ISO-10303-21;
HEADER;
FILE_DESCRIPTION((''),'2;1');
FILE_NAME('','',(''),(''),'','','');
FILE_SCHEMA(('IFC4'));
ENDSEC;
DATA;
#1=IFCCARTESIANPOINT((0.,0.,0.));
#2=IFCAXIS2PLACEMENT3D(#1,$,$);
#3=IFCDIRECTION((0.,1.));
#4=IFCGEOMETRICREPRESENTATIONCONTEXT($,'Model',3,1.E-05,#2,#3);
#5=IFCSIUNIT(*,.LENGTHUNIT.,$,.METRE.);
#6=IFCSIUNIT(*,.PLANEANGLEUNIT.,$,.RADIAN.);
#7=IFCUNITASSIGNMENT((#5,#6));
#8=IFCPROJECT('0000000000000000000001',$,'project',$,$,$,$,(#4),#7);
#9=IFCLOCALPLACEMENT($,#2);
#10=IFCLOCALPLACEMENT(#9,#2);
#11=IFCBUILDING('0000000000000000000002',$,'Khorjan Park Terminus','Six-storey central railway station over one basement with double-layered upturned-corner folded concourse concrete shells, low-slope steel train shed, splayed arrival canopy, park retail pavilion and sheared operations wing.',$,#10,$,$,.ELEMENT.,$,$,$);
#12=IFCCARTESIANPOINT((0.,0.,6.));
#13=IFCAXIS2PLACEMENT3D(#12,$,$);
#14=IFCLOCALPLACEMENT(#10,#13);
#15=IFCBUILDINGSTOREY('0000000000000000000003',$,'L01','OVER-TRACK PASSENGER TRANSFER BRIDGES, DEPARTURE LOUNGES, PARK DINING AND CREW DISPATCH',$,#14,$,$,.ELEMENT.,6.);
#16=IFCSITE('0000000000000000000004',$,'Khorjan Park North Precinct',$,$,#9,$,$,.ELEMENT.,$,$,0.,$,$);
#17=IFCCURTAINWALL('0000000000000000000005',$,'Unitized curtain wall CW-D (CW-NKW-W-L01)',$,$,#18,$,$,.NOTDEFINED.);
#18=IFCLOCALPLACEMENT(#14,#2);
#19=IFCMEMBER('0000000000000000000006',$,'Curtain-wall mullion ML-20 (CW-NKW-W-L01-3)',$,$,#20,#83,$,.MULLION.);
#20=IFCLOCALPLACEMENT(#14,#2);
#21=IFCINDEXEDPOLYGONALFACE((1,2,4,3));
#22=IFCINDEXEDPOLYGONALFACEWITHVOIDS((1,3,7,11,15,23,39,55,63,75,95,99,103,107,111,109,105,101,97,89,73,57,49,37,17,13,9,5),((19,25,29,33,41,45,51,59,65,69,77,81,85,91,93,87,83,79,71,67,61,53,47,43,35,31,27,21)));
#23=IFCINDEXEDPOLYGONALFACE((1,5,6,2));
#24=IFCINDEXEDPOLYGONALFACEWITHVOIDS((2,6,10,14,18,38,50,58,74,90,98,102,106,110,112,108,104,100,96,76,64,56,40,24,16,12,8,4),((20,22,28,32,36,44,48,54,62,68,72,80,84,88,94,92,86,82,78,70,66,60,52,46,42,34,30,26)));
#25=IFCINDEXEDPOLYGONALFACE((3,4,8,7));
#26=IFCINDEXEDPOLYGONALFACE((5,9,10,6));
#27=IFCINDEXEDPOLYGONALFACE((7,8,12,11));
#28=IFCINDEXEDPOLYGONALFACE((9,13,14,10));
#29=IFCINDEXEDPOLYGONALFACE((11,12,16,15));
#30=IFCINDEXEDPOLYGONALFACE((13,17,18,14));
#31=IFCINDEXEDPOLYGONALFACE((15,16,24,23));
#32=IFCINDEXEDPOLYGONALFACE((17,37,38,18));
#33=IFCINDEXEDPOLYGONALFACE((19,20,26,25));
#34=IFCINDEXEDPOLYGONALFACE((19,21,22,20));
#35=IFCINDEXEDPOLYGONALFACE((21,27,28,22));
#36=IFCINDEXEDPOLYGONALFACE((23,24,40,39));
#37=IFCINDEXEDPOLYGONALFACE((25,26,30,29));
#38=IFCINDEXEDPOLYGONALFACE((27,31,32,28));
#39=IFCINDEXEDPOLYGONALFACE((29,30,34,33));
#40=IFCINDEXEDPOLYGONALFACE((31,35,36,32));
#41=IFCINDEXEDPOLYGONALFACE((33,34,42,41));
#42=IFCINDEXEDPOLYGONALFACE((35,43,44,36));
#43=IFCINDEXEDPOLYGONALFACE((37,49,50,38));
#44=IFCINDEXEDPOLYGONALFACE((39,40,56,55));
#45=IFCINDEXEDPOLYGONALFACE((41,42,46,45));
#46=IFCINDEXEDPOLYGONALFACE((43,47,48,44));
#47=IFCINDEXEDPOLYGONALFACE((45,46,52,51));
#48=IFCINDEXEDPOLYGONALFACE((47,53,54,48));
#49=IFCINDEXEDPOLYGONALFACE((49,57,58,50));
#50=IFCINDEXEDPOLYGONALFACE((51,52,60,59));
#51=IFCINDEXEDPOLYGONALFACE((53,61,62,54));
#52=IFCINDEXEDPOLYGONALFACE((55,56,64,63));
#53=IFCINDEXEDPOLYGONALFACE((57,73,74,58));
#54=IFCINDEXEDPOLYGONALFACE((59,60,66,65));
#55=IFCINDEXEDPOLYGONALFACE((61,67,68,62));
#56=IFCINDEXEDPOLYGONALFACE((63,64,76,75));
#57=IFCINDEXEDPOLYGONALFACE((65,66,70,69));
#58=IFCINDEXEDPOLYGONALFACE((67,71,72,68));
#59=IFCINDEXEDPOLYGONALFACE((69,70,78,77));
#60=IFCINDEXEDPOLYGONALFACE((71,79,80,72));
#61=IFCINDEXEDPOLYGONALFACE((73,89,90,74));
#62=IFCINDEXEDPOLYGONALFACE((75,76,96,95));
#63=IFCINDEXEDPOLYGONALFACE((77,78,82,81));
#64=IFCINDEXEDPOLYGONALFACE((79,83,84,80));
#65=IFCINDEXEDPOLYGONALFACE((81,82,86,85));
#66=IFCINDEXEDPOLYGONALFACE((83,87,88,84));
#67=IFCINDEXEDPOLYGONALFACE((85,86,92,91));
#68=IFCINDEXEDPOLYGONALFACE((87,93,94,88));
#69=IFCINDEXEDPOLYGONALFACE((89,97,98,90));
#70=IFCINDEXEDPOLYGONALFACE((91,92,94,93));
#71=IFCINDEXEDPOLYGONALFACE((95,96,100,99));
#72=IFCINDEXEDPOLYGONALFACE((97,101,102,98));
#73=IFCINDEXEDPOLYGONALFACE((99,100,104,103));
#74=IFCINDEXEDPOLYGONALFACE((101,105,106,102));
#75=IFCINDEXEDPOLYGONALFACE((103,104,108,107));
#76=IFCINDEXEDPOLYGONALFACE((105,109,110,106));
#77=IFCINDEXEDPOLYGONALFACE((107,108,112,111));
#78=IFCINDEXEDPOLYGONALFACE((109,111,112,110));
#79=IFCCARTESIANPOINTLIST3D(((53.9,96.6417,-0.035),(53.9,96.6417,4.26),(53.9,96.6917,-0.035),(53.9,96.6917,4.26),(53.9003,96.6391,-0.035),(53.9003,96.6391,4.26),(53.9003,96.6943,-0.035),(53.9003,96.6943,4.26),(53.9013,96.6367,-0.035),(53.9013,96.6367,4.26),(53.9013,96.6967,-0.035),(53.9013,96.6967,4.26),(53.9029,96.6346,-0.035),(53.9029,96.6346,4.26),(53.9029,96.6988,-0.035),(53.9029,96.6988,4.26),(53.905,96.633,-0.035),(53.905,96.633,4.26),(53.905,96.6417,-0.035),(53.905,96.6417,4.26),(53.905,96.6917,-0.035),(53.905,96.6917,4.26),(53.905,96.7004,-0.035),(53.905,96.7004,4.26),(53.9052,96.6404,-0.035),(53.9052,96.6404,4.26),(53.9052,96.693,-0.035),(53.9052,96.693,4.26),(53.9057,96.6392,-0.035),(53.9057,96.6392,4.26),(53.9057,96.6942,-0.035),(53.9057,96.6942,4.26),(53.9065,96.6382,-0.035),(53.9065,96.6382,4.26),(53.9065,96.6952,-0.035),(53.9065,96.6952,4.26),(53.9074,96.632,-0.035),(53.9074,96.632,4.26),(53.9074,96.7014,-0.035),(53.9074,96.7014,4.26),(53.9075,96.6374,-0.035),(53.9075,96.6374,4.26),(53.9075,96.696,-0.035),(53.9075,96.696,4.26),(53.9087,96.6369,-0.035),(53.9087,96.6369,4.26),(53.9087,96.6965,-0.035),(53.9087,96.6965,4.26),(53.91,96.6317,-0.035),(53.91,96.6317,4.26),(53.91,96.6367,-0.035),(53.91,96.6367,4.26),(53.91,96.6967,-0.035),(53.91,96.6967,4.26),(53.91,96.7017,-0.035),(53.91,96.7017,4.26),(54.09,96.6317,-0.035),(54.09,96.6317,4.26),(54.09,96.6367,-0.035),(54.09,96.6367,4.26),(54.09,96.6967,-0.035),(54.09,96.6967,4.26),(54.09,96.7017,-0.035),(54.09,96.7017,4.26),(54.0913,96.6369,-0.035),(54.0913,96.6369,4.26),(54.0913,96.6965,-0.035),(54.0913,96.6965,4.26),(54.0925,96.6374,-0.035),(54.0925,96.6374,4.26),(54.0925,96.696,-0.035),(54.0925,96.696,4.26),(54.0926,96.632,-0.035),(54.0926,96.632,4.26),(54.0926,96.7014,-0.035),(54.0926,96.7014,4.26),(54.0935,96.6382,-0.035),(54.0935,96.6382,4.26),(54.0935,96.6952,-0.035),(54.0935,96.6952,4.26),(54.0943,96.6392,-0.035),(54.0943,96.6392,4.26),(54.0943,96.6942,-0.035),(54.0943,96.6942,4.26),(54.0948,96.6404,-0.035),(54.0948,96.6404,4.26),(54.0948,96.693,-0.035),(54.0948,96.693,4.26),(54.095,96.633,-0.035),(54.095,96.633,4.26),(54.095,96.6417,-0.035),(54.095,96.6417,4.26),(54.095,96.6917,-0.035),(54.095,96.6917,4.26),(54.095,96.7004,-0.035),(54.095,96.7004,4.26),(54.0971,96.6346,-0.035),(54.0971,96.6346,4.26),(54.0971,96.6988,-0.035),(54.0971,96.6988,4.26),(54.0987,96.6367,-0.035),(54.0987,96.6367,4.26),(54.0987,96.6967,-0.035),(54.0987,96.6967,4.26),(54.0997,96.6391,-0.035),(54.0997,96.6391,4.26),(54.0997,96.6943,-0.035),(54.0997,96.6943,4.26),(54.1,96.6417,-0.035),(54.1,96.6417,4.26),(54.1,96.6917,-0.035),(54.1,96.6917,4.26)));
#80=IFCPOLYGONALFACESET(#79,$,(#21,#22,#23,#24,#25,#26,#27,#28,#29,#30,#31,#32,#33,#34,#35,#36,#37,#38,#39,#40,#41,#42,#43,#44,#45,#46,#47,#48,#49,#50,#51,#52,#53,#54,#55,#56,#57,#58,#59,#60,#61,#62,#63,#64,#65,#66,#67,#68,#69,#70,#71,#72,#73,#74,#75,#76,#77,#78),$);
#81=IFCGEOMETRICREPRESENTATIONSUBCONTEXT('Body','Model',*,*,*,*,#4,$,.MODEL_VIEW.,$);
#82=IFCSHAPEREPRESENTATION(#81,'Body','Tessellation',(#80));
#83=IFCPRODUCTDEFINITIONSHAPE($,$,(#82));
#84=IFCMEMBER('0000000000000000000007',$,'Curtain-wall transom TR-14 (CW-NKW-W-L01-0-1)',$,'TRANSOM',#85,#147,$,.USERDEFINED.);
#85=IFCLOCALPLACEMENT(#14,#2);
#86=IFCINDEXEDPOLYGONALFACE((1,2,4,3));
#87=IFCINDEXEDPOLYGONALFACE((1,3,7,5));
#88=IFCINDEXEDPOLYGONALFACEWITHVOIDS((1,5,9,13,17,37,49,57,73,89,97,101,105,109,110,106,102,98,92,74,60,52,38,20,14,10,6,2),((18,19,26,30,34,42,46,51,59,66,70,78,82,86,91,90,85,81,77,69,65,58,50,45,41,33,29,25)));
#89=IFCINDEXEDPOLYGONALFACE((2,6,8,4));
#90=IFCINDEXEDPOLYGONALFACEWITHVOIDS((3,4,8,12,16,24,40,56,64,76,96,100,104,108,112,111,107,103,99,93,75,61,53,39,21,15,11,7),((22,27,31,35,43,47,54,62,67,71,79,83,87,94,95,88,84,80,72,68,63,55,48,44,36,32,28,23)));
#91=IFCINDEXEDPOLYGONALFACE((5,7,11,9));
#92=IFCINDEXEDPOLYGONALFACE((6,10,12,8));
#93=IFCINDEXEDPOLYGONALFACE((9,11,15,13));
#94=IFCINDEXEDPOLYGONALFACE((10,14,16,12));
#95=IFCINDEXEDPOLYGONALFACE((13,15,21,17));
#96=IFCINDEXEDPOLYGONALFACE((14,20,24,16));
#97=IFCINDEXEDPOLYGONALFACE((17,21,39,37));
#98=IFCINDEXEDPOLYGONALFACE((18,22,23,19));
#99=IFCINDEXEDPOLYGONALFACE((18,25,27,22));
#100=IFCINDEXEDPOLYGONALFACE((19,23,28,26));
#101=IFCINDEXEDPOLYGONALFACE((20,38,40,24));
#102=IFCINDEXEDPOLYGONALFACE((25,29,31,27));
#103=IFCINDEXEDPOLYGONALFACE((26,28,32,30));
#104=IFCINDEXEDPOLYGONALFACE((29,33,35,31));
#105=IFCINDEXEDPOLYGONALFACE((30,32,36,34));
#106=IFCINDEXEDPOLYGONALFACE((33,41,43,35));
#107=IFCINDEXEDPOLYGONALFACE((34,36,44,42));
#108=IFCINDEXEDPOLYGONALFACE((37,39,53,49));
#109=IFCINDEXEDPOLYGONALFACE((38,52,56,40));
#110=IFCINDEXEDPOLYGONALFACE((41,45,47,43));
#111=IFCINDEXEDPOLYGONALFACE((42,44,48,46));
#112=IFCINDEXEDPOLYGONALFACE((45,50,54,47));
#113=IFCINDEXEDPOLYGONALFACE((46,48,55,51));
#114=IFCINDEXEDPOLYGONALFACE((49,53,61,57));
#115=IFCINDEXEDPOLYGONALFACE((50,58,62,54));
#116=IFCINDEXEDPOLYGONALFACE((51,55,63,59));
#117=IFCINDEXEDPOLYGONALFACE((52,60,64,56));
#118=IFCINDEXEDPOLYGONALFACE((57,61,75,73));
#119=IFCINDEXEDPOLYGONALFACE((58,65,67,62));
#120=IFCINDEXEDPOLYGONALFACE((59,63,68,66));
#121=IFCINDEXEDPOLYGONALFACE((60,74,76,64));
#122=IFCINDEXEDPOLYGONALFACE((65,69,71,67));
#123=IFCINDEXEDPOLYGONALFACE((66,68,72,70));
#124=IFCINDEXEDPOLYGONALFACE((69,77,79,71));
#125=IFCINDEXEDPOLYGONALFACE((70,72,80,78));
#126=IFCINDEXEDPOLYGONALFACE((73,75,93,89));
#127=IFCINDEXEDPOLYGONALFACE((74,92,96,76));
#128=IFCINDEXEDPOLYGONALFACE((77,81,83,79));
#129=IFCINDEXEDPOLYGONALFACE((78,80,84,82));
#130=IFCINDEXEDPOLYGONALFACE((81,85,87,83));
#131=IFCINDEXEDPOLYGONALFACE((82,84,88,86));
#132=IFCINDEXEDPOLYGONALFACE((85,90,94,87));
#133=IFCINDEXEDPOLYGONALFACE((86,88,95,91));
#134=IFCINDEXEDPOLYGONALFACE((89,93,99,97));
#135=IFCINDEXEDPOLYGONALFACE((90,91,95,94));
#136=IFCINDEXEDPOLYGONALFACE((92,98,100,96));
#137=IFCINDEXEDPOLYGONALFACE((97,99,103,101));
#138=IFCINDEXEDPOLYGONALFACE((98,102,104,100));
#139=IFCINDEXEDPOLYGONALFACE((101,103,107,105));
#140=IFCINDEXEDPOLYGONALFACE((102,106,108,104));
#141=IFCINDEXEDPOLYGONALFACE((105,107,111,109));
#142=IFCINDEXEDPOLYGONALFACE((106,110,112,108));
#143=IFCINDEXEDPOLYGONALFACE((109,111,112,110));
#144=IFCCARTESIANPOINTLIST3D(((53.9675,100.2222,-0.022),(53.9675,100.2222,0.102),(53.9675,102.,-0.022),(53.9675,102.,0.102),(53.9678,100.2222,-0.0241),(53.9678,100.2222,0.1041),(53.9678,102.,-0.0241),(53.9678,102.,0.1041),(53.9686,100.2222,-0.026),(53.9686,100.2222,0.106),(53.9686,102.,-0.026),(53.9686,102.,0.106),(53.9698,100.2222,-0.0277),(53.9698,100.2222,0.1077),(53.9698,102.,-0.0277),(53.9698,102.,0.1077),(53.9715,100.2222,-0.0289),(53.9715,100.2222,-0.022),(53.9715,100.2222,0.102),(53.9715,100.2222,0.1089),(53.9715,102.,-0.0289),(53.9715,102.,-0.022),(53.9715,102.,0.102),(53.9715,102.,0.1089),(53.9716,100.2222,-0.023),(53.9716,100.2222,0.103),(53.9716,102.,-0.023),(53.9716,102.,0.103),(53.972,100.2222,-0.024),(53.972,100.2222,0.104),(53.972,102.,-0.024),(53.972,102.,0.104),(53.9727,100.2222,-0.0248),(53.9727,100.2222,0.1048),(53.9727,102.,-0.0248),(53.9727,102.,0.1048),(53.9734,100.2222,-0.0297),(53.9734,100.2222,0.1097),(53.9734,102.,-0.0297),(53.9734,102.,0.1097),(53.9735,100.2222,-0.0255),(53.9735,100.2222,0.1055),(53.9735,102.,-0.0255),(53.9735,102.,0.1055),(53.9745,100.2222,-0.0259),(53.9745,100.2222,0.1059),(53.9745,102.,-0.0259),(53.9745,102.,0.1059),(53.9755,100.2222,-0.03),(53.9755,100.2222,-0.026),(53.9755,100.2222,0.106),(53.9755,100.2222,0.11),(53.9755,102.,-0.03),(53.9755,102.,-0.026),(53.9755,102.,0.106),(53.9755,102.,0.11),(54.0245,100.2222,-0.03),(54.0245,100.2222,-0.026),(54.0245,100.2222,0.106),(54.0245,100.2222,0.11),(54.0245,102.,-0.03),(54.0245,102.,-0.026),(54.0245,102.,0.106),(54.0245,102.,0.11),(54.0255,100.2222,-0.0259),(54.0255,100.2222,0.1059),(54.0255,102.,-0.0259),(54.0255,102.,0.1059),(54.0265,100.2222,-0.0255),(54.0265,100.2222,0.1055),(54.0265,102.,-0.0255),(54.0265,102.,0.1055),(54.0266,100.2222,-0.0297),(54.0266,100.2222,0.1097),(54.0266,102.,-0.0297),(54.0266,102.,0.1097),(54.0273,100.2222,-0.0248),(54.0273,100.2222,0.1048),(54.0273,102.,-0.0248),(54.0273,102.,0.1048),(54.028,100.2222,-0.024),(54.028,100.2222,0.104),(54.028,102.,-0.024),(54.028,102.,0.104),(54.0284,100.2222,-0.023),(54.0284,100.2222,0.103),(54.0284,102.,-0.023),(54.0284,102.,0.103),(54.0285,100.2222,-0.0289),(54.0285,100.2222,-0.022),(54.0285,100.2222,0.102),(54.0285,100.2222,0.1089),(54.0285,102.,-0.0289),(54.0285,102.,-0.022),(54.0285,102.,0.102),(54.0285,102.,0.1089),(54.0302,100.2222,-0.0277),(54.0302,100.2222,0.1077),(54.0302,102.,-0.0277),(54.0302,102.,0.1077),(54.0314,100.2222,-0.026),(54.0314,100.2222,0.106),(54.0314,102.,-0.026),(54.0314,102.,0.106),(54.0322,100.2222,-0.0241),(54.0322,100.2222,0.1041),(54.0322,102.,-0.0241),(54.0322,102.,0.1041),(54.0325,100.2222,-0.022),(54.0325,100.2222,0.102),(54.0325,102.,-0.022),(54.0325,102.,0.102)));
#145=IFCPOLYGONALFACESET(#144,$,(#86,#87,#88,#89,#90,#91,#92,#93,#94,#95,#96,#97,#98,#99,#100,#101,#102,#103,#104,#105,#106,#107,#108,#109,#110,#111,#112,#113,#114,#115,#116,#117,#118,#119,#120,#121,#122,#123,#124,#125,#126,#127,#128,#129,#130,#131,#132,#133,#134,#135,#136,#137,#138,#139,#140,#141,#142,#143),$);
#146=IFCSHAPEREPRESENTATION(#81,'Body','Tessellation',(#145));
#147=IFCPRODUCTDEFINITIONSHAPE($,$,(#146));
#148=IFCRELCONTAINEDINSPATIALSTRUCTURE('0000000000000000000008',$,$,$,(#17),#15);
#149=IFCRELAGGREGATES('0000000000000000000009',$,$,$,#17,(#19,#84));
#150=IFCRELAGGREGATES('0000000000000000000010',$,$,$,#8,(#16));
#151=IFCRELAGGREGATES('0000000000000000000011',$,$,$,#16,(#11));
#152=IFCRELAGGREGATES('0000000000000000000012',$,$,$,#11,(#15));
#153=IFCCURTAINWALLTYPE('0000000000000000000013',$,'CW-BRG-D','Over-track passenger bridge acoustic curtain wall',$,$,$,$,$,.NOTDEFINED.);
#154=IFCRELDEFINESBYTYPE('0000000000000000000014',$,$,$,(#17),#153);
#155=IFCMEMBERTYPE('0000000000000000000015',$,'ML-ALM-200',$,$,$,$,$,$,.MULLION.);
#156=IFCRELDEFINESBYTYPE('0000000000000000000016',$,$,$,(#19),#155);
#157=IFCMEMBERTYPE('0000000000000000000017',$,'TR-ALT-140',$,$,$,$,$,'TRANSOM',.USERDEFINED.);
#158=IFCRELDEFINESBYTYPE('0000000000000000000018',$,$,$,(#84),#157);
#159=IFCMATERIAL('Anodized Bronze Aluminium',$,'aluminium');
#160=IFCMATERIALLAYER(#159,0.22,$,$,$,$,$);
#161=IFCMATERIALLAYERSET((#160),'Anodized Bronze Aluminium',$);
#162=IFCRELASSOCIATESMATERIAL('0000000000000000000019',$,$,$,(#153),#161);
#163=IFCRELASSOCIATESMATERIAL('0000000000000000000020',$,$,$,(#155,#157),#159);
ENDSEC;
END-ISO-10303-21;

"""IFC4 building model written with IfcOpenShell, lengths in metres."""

from ifc_helpers import new_model, si_unit, direction, frame, origin, origin_2d, place, context, subcontext, project, spatial, hollow_rectangle, extrude, material, layer, layer_set, material_profile, profile_set, type_object, element, aggregate, save


model = new_model("IFC4")

# Units and contexts
model_context = context("Model", 3, precision=1e-05, world=origin(), true_north=direction((0.0, 1.0)))
body_context = subcontext(model_context, "Body", "Model", "MODEL_VIEW")
ifc_project = project(units=[si_unit("LENGTHUNIT", "METRE"), si_unit("PLANEANGLEUNIT", "RADIAN")], contexts=[model_context])

# Site, building, storey
site_placement = place(None, origin())
site = spatial("IfcSite", under=ifc_project, at=site_placement, Name="Khorjan Park North Precinct", CompositionType="ELEMENT", RefElevation=0.0)
building_placement = place(site_placement, origin())
building = spatial("IfcBuilding", under=site, at=building_placement, Name="Khorjan Park Terminus", Description="Six-storey central railway station over one basement with double-layered upturned-corner folded concourse concrete shells, low-slope steel train shed, splayed arrival canopy, park retail pavilion and sheared operations wing.", CompositionType="ELEMENT")
storey_placement = place(building_placement, frame((0.0, 0.0, 6.0)))
storey = spatial("IfcBuildingStorey", under=building, at=storey_placement, Name="L01", Description="OVER-TRACK PASSENGER TRANSFER BRIDGES, DEPARTURE LOUNGES, PARK DINING AND CREW DISPATCH", CompositionType="ELEMENT", Elevation=6.0)

# Curtain wall, members
ifc_material_1 = material(Name="Anodized Bronze Aluminium", Category="aluminium")
ifc_layer_1 = layer(ifc_material_1, 0.22)
ifc_layer_set_1 = layer_set([ifc_layer_1], Name="Anodized Bronze Aluminium")
curtain_wall_type = type_object("IfcCurtainWallType", Name="CW-BRG-D", Description="Over-track passenger bridge acoustic curtain wall", PredefinedType="NOTDEFINED", material=ifc_layer_set_1)
curtain_wall_placement = place(storey_placement, origin())
curtain_wall = element("IfcCurtainWall", 1, at=curtain_wall_placement, inside=storey, type_object=curtain_wall_type, Name="Unitized curtain wall CW-D (CW-NKW-W-L01)", PredefinedType="NOTDEFINED")
ifc_material_profile_1 = material_profile(ifc_material_1, hollow_rectangle(XDim=0.07, YDim=0.2, WallThickness=0.005, InnerFilletRadius=0.005, OuterFilletRadius=0.01, at=origin_2d()), Name="ALM 70x200x5")
ifc_profile_set_1 = profile_set([ifc_material_profile_1], Name="Anodized Bronze Aluminium")
member_type_1 = type_object("IfcMemberType", Name="ML-ALM-200", PredefinedType="MULLION", material=ifc_profile_set_1)
member_1_placement = place(storey_placement, frame((54.0, 96.6667, -0.035), z_axis=(0.0, 0.0, 1.0), x_axis=(0.0, -1.0, 0.0)))
member_1 = element("IfcMember", 2, at=member_1_placement, type_object=member_type_1, Name="Curtain-wall mullion ML-20 (CW-NKW-W-L01-3)", PredefinedType="MULLION", context=body_context, shape_type="SweptSolid", body=[
    extrude(hollow_rectangle(XDim=0.07, YDim=0.2, WallThickness=0.005, InnerFilletRadius=0.005, OuterFilletRadius=0.01, at=origin_2d()), origin(), (0.0, 0.0, 1.0), 4.295),
])
ifc_material_profile_2 = material_profile(ifc_material_1, hollow_rectangle(XDim=0.065, YDim=0.14, WallThickness=0.004, InnerFilletRadius=0.004, OuterFilletRadius=0.008, at=origin_2d()), Name="ALT 65x140x4")
ifc_profile_set_2 = profile_set([ifc_material_profile_2], Name="Anodized Bronze Aluminium")
member_type_2 = type_object("IfcMemberType", Name="TR-ALT-140", ElementType="TRANSOM", PredefinedType="USERDEFINED", material=ifc_profile_set_2)
member_2_placement = place(storey_placement, frame((54.0, 102.0, 0.04), z_axis=(0.0, -1.0, 0.0), x_axis=(1.0, 0.0, 0.0)))
member_2 = element("IfcMember", 3, at=member_2_placement, type_object=member_type_2, Name="Curtain-wall transom TR-14 (CW-NKW-W-L01-0-1)", ObjectType="TRANSOM", PredefinedType="USERDEFINED", context=body_context, shape_type="SweptSolid", body=[
    extrude(hollow_rectangle(XDim=0.065, YDim=0.14, WallThickness=0.004, InnerFilletRadius=0.004, OuterFilletRadius=0.008, at=origin_2d()), origin(), (0.0, 0.0, 1.0), 1.7778),
])
aggregate(curtain_wall, [member_1, member_2])

save(model, "model.ifc")
